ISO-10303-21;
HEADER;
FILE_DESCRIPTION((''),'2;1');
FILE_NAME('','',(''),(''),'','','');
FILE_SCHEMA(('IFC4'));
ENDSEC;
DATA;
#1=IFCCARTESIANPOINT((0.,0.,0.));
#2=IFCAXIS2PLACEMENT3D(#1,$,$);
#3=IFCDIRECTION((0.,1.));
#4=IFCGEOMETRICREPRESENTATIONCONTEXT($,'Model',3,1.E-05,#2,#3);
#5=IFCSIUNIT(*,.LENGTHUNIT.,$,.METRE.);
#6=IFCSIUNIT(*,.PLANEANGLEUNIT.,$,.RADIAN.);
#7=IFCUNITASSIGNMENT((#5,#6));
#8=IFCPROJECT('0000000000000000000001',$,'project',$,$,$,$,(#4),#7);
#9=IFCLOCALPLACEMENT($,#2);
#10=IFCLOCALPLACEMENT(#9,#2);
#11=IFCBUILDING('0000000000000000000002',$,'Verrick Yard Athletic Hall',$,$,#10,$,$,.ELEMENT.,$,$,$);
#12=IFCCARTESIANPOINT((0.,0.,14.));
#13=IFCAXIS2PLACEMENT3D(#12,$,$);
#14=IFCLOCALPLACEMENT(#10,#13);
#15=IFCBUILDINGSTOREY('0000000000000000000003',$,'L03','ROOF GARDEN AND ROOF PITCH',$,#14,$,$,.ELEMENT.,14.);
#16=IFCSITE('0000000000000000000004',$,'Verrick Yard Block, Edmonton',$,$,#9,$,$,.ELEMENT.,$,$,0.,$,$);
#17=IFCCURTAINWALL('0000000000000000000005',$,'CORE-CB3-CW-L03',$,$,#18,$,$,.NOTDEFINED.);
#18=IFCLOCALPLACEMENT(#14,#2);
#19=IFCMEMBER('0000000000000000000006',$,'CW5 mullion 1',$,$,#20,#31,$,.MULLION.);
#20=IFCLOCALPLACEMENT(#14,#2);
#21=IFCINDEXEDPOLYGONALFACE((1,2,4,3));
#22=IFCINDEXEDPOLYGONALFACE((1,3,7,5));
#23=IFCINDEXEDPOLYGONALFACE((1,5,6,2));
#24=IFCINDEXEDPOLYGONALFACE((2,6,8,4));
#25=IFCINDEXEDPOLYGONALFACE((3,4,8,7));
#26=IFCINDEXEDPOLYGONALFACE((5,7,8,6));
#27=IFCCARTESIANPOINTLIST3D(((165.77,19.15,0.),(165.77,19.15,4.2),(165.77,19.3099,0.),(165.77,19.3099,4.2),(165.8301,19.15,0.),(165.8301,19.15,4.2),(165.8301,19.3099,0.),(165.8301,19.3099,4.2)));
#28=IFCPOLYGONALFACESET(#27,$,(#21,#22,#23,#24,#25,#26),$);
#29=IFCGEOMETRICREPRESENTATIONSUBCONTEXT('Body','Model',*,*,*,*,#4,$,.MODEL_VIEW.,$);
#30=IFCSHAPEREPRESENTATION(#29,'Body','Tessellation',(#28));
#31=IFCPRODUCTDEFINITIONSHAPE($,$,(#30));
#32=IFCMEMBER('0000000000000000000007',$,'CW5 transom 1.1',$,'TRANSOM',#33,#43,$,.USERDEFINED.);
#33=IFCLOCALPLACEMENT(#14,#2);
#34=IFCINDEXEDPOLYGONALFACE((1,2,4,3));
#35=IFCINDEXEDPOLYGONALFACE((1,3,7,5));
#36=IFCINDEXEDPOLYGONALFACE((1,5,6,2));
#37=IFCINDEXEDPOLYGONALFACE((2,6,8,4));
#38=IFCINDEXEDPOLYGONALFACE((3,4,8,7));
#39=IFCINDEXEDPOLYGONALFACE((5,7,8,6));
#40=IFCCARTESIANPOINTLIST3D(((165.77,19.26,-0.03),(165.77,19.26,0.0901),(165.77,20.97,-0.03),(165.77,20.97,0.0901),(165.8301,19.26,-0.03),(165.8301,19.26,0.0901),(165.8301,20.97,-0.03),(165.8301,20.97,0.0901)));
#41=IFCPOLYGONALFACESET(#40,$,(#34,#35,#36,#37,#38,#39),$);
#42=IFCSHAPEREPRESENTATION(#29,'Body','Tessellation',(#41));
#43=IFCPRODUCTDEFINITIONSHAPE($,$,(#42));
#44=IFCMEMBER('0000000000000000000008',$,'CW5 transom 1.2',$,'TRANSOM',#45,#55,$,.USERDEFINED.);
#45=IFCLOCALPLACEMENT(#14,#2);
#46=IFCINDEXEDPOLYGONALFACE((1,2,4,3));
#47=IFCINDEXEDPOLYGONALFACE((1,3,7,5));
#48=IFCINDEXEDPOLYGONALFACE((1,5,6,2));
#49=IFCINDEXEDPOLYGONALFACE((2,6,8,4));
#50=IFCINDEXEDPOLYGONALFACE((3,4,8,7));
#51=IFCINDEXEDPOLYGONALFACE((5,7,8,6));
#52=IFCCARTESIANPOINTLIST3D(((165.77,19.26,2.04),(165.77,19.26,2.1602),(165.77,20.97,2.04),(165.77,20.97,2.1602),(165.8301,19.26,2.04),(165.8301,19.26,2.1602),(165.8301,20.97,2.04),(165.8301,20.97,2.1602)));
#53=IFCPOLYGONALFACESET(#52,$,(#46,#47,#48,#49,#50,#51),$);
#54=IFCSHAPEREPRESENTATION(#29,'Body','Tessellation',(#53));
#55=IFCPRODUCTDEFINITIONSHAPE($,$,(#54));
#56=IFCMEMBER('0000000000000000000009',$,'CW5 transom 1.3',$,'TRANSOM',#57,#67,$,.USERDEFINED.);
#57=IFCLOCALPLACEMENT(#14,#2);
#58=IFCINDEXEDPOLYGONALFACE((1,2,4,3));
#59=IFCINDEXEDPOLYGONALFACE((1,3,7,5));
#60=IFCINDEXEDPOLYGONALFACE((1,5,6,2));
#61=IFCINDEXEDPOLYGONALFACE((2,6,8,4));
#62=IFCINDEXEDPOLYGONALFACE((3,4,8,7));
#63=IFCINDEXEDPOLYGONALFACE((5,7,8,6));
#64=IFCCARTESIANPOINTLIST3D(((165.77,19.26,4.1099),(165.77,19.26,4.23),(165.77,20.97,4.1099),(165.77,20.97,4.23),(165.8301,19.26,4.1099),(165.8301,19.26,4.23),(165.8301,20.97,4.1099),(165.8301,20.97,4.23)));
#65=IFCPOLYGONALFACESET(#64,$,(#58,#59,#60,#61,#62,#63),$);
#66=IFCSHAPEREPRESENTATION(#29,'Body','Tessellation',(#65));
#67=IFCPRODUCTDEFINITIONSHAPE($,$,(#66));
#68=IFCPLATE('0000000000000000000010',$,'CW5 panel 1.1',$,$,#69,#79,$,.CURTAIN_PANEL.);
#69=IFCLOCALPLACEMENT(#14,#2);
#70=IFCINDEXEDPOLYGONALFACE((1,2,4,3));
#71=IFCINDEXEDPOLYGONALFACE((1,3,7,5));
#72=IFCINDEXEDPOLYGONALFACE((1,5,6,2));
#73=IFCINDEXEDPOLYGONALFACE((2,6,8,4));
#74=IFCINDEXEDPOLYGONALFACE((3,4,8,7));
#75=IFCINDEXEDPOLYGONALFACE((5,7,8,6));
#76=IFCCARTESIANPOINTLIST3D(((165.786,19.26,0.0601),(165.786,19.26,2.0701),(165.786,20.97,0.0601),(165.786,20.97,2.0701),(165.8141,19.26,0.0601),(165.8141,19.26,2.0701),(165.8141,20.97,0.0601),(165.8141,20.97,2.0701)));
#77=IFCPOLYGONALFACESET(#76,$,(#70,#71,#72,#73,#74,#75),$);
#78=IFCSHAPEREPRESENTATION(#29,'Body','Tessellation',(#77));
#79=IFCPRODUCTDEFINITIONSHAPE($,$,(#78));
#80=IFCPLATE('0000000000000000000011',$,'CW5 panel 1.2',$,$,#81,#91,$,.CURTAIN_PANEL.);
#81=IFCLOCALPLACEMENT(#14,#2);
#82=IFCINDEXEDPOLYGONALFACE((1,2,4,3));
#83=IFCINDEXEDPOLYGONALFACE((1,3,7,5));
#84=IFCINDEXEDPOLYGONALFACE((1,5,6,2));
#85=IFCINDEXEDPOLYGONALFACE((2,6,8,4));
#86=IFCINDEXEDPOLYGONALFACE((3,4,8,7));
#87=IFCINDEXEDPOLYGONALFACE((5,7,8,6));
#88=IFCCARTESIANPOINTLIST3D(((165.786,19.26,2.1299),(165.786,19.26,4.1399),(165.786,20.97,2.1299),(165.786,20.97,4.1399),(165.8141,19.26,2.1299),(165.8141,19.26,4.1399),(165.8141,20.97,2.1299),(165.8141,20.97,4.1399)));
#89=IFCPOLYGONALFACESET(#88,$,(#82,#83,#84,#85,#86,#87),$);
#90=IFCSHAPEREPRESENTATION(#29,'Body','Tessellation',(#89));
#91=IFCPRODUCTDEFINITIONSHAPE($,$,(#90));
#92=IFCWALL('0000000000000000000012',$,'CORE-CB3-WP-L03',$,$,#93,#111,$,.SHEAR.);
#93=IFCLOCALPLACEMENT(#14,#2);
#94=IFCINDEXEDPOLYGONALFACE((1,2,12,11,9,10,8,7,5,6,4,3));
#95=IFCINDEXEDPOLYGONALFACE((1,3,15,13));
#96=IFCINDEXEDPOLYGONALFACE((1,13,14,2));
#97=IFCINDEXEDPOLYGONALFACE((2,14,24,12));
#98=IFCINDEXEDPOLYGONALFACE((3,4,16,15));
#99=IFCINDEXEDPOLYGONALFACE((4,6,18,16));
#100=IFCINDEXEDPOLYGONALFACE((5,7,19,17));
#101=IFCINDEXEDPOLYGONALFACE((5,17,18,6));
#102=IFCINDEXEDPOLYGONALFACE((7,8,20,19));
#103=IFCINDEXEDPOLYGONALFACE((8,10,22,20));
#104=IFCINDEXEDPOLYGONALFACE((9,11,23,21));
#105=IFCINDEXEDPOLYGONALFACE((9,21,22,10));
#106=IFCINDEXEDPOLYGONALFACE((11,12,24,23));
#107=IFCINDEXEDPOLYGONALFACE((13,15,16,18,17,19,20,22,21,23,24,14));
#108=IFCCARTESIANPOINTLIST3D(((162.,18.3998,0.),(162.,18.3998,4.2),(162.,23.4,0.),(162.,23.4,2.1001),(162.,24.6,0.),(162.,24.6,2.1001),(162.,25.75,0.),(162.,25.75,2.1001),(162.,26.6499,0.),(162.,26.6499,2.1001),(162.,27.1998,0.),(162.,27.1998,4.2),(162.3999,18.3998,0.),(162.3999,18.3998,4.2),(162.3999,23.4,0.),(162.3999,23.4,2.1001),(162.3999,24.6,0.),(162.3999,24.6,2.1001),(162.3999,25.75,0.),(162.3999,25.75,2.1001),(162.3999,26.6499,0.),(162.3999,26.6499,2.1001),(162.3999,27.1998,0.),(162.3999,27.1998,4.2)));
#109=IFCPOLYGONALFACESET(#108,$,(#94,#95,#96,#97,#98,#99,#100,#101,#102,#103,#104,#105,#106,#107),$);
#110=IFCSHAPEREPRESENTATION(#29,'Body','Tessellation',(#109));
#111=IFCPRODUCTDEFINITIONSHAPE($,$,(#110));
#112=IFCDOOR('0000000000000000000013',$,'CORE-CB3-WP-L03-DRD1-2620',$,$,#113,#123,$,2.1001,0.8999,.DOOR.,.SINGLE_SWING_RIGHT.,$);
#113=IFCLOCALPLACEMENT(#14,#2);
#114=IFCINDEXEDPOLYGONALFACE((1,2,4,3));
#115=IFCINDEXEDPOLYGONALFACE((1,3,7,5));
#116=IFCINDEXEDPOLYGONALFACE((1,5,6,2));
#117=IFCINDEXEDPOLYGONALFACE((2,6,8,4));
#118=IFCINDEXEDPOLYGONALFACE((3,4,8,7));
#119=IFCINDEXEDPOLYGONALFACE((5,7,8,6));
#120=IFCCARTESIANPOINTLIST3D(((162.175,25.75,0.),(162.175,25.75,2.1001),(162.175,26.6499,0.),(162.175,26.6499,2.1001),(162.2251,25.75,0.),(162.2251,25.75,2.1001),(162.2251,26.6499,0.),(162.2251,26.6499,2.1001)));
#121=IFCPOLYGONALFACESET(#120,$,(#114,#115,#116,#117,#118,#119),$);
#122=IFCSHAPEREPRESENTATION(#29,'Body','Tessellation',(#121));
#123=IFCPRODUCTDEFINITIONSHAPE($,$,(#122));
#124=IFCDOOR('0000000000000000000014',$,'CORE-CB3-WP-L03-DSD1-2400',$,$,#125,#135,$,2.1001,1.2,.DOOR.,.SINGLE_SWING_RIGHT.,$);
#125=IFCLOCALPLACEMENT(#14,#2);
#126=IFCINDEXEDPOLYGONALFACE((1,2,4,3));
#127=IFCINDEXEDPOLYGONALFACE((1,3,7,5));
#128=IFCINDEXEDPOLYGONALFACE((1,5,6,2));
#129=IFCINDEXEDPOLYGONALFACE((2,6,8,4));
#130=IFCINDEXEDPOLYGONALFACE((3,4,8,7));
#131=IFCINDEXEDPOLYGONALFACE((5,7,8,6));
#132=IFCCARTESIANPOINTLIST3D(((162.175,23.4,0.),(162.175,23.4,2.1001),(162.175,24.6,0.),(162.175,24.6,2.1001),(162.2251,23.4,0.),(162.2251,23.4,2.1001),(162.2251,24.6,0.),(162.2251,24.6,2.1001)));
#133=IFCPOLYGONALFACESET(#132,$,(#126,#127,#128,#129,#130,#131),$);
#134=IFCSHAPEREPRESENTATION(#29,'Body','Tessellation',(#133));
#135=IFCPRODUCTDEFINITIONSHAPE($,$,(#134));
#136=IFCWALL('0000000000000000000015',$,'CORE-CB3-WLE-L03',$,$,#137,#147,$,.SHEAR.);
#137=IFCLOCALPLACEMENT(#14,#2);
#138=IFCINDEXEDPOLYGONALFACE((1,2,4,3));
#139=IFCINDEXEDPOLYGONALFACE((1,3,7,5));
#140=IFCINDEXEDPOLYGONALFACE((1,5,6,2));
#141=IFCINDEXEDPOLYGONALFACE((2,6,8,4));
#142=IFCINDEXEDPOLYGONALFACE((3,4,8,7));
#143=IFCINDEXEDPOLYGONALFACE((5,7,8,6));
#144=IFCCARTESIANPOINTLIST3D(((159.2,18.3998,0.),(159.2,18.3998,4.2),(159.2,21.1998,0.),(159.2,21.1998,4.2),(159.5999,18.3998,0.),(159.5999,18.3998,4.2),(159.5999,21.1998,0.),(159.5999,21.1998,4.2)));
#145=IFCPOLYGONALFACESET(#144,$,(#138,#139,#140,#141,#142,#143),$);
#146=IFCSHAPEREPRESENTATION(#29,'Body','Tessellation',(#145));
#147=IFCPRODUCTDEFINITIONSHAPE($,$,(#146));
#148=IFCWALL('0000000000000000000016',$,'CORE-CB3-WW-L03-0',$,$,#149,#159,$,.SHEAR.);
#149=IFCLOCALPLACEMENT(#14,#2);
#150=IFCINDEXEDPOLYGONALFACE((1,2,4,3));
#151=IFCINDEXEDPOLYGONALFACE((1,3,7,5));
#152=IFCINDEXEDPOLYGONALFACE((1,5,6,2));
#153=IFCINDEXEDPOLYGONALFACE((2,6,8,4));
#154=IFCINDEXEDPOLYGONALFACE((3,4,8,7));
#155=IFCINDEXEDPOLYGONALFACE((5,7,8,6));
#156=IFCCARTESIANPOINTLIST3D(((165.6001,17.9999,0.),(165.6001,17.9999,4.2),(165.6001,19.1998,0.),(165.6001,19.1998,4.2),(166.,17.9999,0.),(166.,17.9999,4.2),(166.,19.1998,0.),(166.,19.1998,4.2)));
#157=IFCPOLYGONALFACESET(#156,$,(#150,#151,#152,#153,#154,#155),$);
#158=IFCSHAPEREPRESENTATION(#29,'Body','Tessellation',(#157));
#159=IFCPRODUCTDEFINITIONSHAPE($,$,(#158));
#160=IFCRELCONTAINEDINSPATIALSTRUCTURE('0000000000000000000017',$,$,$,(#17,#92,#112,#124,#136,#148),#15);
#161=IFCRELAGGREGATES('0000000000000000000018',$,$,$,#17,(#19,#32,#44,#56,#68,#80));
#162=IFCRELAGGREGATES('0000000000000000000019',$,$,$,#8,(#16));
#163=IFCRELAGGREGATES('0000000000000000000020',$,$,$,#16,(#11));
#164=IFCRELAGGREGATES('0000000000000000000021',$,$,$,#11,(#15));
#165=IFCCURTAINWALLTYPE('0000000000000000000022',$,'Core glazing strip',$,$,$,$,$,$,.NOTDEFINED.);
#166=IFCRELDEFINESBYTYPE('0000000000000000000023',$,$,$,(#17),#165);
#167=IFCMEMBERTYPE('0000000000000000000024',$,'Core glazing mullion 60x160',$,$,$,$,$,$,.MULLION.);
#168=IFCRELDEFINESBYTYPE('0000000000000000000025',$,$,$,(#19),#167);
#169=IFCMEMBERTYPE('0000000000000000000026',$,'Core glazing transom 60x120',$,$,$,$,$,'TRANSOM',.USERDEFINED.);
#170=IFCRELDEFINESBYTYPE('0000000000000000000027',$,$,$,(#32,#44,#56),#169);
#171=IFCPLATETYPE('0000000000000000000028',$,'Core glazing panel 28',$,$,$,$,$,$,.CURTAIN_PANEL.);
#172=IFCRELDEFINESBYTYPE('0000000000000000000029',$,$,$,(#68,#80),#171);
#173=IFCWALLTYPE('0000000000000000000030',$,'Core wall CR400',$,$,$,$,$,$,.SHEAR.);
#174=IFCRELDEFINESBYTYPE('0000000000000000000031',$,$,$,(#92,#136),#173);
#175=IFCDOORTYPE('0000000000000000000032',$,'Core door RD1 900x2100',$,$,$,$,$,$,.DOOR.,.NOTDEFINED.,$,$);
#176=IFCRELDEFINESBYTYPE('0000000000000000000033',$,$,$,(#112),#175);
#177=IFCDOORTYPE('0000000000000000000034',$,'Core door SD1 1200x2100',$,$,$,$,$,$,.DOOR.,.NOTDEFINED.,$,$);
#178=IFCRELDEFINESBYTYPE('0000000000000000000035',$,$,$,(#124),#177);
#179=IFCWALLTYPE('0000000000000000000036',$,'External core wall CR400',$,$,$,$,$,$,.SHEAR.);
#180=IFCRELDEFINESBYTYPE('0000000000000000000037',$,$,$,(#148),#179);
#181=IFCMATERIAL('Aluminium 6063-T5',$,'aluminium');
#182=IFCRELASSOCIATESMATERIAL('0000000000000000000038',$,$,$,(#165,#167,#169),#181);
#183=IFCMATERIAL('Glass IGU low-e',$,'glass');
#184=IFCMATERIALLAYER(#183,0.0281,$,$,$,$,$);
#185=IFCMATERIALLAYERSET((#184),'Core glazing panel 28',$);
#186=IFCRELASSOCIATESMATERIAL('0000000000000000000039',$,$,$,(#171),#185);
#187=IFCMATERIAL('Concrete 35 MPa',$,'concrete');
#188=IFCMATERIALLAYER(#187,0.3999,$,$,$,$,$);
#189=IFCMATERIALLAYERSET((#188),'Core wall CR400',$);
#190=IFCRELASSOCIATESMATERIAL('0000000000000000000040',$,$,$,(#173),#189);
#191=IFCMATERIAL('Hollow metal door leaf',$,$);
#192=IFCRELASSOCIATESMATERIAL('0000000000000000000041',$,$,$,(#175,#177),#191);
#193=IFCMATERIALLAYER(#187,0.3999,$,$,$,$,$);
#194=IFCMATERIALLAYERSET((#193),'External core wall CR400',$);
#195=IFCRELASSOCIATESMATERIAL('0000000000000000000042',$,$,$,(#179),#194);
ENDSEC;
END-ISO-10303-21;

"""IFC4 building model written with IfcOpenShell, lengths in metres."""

from ifc_helpers import new_model, si_unit, direction, frame, frame_2d, origin, origin_2d, place, context, subcontext, project, spatial, rectangle, extrude, material, layer, layer_set, material_profile, profile_set, type_object, element, fill, aggregate, save


model = new_model("IFC4")

# Units and contexts
model_context = context("Model", 3, precision=1e-05, world=origin(), true_north=direction((0.0, 1.0)))
body_context = subcontext(model_context, "Body", "Model", "MODEL_VIEW")
ifc_project = project(units=[si_unit("LENGTHUNIT", "METRE"), si_unit("PLANEANGLEUNIT", "RADIAN")], contexts=[model_context])

# Site, building, storey
site_placement = place(None, origin())
site = spatial("IfcSite", under=ifc_project, at=site_placement, Name="Verrick Yard Block, Edmonton", CompositionType="ELEMENT", RefElevation=0.0)
building_placement = place(site_placement, origin())
building = spatial("IfcBuilding", under=site, at=building_placement, Name="Verrick Yard Athletic Hall", CompositionType="ELEMENT")
storey_placement = place(building_placement, frame((0.0, 0.0, 14.0)))
storey = spatial("IfcBuildingStorey", under=building, at=storey_placement, Name="L03", Description="ROOF GARDEN AND ROOF PITCH", CompositionType="ELEMENT", Elevation=14.0)

# Curtain wall, members, plates
ifc_material_1 = material(Name="Aluminium 6063-T5", Category="aluminium")
curtain_wall_type = type_object("IfcCurtainWallType", Name="Core glazing strip", PredefinedType="NOTDEFINED", material=ifc_material_1)
curtain_wall_placement = place(storey_placement, origin())
curtain_wall = element("IfcCurtainWall", 1, at=curtain_wall_placement, inside=storey, type_object=curtain_wall_type, Name="CORE-CB3-CW-L03", PredefinedType="NOTDEFINED")
ifc_material_profile_1 = material_profile(ifc_material_1, rectangle(XDim=0.0601, YDim=0.1599, at=origin_2d()), Name="Core glazing mullion 60x160")
ifc_profile_set_1 = profile_set([ifc_material_profile_1], Name="Aluminium 6063-T5")
member_type_1 = type_object("IfcMemberType", Name="Core glazing mullion 60x160", PredefinedType="MULLION", material=ifc_profile_set_1)
member_1_placement = place(storey_placement, frame((165.8, 19.23, 0.0), z_axis=(0.0, 0.0, 1.0), x_axis=(-1.0, 0.0, 0.0)))
member_1 = element("IfcMember", 2, at=member_1_placement, type_object=member_type_1, Name="CW5 mullion 1", PredefinedType="MULLION", context=body_context, shape_type="SweptSolid", body=[
    extrude(rectangle(XDim=0.0601, YDim=0.1599, at=origin_2d()), origin(), (0.0, 0.0, 1.0), 4.2),
])
ifc_material_profile_2 = material_profile(ifc_material_1, rectangle(XDim=0.0601, YDim=0.1201, at=origin_2d()), Name="Core glazing transom 60x120")
ifc_profile_set_2 = profile_set([ifc_material_profile_2], Name="Aluminium 6063-T5")
member_type_2 = type_object("IfcMemberType", Name="Core glazing transom 60x120", ElementType="TRANSOM", PredefinedType="USERDEFINED", material=ifc_profile_set_2)
member_2_placement = place(storey_placement, frame((165.8, 19.26, 0.03), z_axis=(0.0, 1.0, 0.0), x_axis=(-1.0, 0.0, 0.0)))
member_2 = element("IfcMember", 3, at=member_2_placement, type_object=member_type_2, Name="CW5 transom 1.1", ObjectType="TRANSOM", PredefinedType="USERDEFINED", context=body_context, shape_type="SweptSolid", body=[
    extrude(rectangle(XDim=0.0601, YDim=0.1201, at=origin_2d()), origin(), (0.0, 0.0, 1.0), 1.71),
])
member_3_placement = place(storey_placement, frame((165.8, 19.26, 2.1001), z_axis=(0.0, 1.0, 0.0), x_axis=(-1.0, 0.0, 0.0)))
member_3 = element("IfcMember", 4, at=member_3_placement, type_object=member_type_2, Name="CW5 transom 1.2", ObjectType="TRANSOM", PredefinedType="USERDEFINED", context=body_context, shape_type="SweptSolid", body=[
    extrude(rectangle(XDim=0.0601, YDim=0.1201, at=origin_2d()), origin(), (0.0, 0.0, 1.0), 1.71),
])
member_4_placement = place(storey_placement, frame((165.8, 19.26, 4.1699), z_axis=(0.0, 1.0, 0.0), x_axis=(-1.0, 0.0, 0.0)))
member_4 = element("IfcMember", 5, at=member_4_placement, type_object=member_type_2, Name="CW5 transom 1.3", ObjectType="TRANSOM", PredefinedType="USERDEFINED", context=body_context, shape_type="SweptSolid", body=[
    extrude(rectangle(XDim=0.0601, YDim=0.1201, at=origin_2d()), origin(), (0.0, 0.0, 1.0), 1.71),
])
ifc_material_2 = material(Name="Glass IGU low-e", Category="glass")
ifc_layer_1 = layer(ifc_material_2, 0.0281)
ifc_layer_set_1 = layer_set([ifc_layer_1], Name="Core glazing panel 28")
plate_type = type_object("IfcPlateType", Name="Core glazing panel 28", PredefinedType="CURTAIN_PANEL", material=ifc_layer_set_1)
plate_1_placement = place(storey_placement, frame((165.8, 20.115, 0.0601), z_axis=(0.0, 0.0, 1.0), x_axis=(0.0, 1.0, 0.0)))
plate_1 = element("IfcPlate", 6, at=plate_1_placement, type_object=plate_type, Name="CW5 panel 1.1", PredefinedType="CURTAIN_PANEL", context=body_context, shape_type="SweptSolid", body=[
    extrude(rectangle(XDim=1.71, YDim=0.0281, at=origin_2d()), origin(), (0.0, 0.0, 1.0), 2.01),
])
plate_2_placement = place(storey_placement, frame((165.8, 20.115, 2.1299), z_axis=(0.0, 0.0, 1.0), x_axis=(0.0, 1.0, 0.0)))
plate_2 = element("IfcPlate", 7, at=plate_2_placement, type_object=plate_type, Name="CW5 panel 1.2", PredefinedType="CURTAIN_PANEL", context=body_context, shape_type="SweptSolid", body=[
    extrude(rectangle(XDim=1.71, YDim=0.0281, at=origin_2d()), origin(), (0.0, 0.0, 1.0), 2.01),
])
aggregate(curtain_wall, [member_1, member_2, member_3, member_4, plate_1, plate_2])

# Wall, openings, doors
ifc_material_3 = material(Name="Concrete 35 MPa", Category="concrete")
ifc_layer_2 = layer(ifc_material_3, 0.3999)
ifc_layer_set_2 = layer_set([ifc_layer_2], Name="Core wall CR400")
wall_type_1 = type_object("IfcWallType", Name="Core wall CR400", PredefinedType="SHEAR", material=ifc_layer_set_2)
wall_1_placement = place(storey_placement, frame((162.2, 18.3999, 0.0), z_axis=(0.0, 0.0, 1.0), x_axis=(0.0, 1.0, 0.0)))
wall_1 = element("IfcWall", 8, at=wall_1_placement, inside=storey, type_object=wall_type_1, Name="CORE-CB3-WP-L03", PredefinedType="SHEAR", context=body_context, shape_type="SweptSolid", body=[
    extrude(rectangle(XDim=8.8, YDim=0.3999, at=frame_2d((4.3999, 0.0))), origin(), (0.0, 0.0, 1.0), 4.2),
])
opening_1_placement = place(wall_1_placement, frame((5.0, 0.0, 0.0)))
opening_1 = element("IfcOpeningElement", 9, at=opening_1_placement, cuts=wall_1, PredefinedType="OPENING", context=body_context, shape_type="SweptSolid", body=[
    extrude(rectangle(XDim=1.2, YDim=2.1001, at=frame_2d((0.6001, 1.05))), frame((0.0, 0.21, 0.0), z_axis=(0.0, -1.0, 0.0), x_axis=(1.0, 0.0, 0.0)), (0.0, 0.0, 1.0), 0.4199),
])
opening_2_placement = place(wall_1_placement, frame((7.3501, 0.0, 0.0)))
opening_2 = element("IfcOpeningElement", 10, at=opening_2_placement, cuts=wall_1, PredefinedType="OPENING", context=body_context, shape_type="SweptSolid", body=[
    extrude(rectangle(XDim=0.8999, YDim=2.1001, at=frame_2d((0.45, 1.05))), frame((0.0, 0.21, 0.0), z_axis=(0.0, -1.0, 0.0), x_axis=(1.0, 0.0, 0.0)), (0.0, 0.0, 1.0), 0.4199),
])
ifc_material_4 = material(Name="Hollow metal door leaf")
door_type_1 = type_object("IfcDoorType", Name="Core door RD1 900x2100", OperationType="NOTDEFINED", PredefinedType="DOOR", material=ifc_material_4)
door_1_placement = place(opening_2_placement, origin())
door_1 = element("IfcDoor", 11, at=door_1_placement, inside=storey, type_object=door_type_1, Name="CORE-CB3-WP-L03-DRD1-2620", OperationType="SINGLE_SWING_RIGHT", OverallHeight=2.1001, OverallWidth=0.8999, PredefinedType="DOOR", context=body_context, shape_type="SweptSolid", body=[
    extrude(rectangle(XDim=0.8999, YDim=2.1001, at=frame_2d((0.45, 1.05))), frame((0.0, 0.0249, 0.0), z_axis=(0.0, -1.0, 0.0), x_axis=(1.0, 0.0, 0.0)), (0.0, 0.0, 1.0), 0.05),
])
fill(opening_2, door_1)
door_type_2 = type_object("IfcDoorType", Name="Core door SD1 1200x2100", OperationType="NOTDEFINED", PredefinedType="DOOR", material=ifc_material_4)
door_2_placement = place(opening_1_placement, origin())
door_2 = element("IfcDoor", 12, at=door_2_placement, inside=storey, type_object=door_type_2, Name="CORE-CB3-WP-L03-DSD1-2400", OperationType="SINGLE_SWING_RIGHT", OverallHeight=2.1001, OverallWidth=1.2, PredefinedType="DOOR", context=body_context, shape_type="SweptSolid", body=[
    extrude(rectangle(XDim=1.2, YDim=2.1001, at=frame_2d((0.6001, 1.05))), frame((0.0, 0.0249, 0.0), z_axis=(0.0, -1.0, 0.0), x_axis=(1.0, 0.0, 0.0)), (0.0, 0.0, 1.0), 0.05),
])
fill(opening_1, door_2)

# Walls
wall_2_placement = place(storey_placement, frame((159.3999, 18.3999, 0.0), z_axis=(0.0, 0.0, 1.0), x_axis=(0.0, 1.0, 0.0)))
element("IfcWall", 13, at=wall_2_placement, inside=storey, type_object=wall_type_1, Name="CORE-CB3-WLE-L03", PredefinedType="SHEAR", context=body_context, shape_type="SweptSolid", body=[
    extrude(rectangle(XDim=2.8, YDim=0.3999, at=frame_2d((1.3999, 0.0))), origin(), (0.0, 0.0, 1.0), 4.2),
])
ifc_layer_3 = layer(ifc_material_3, 0.3999)
ifc_layer_set_3 = layer_set([ifc_layer_3], Name="External core wall CR400")
wall_type_2 = type_object("IfcWallType", Name="External core wall CR400", PredefinedType="SHEAR", material=ifc_layer_set_3)
wall_3_placement = place(storey_placement, frame((165.8, 19.2, 0.0), z_axis=(0.0, 0.0, 1.0), x_axis=(0.0, -1.0, 0.0)))
element("IfcWall", 14, at=wall_3_placement, inside=storey, type_object=wall_type_2, Name="CORE-CB3-WW-L03-0", PredefinedType="SHEAR", context=body_context, shape_type="SweptSolid", body=[
    extrude(rectangle(XDim=1.2, YDim=0.3999, at=frame_2d((0.6001, 0.0))), origin(), (0.0, 0.0, 1.0), 4.2),
])

save(model, "model.ifc")
